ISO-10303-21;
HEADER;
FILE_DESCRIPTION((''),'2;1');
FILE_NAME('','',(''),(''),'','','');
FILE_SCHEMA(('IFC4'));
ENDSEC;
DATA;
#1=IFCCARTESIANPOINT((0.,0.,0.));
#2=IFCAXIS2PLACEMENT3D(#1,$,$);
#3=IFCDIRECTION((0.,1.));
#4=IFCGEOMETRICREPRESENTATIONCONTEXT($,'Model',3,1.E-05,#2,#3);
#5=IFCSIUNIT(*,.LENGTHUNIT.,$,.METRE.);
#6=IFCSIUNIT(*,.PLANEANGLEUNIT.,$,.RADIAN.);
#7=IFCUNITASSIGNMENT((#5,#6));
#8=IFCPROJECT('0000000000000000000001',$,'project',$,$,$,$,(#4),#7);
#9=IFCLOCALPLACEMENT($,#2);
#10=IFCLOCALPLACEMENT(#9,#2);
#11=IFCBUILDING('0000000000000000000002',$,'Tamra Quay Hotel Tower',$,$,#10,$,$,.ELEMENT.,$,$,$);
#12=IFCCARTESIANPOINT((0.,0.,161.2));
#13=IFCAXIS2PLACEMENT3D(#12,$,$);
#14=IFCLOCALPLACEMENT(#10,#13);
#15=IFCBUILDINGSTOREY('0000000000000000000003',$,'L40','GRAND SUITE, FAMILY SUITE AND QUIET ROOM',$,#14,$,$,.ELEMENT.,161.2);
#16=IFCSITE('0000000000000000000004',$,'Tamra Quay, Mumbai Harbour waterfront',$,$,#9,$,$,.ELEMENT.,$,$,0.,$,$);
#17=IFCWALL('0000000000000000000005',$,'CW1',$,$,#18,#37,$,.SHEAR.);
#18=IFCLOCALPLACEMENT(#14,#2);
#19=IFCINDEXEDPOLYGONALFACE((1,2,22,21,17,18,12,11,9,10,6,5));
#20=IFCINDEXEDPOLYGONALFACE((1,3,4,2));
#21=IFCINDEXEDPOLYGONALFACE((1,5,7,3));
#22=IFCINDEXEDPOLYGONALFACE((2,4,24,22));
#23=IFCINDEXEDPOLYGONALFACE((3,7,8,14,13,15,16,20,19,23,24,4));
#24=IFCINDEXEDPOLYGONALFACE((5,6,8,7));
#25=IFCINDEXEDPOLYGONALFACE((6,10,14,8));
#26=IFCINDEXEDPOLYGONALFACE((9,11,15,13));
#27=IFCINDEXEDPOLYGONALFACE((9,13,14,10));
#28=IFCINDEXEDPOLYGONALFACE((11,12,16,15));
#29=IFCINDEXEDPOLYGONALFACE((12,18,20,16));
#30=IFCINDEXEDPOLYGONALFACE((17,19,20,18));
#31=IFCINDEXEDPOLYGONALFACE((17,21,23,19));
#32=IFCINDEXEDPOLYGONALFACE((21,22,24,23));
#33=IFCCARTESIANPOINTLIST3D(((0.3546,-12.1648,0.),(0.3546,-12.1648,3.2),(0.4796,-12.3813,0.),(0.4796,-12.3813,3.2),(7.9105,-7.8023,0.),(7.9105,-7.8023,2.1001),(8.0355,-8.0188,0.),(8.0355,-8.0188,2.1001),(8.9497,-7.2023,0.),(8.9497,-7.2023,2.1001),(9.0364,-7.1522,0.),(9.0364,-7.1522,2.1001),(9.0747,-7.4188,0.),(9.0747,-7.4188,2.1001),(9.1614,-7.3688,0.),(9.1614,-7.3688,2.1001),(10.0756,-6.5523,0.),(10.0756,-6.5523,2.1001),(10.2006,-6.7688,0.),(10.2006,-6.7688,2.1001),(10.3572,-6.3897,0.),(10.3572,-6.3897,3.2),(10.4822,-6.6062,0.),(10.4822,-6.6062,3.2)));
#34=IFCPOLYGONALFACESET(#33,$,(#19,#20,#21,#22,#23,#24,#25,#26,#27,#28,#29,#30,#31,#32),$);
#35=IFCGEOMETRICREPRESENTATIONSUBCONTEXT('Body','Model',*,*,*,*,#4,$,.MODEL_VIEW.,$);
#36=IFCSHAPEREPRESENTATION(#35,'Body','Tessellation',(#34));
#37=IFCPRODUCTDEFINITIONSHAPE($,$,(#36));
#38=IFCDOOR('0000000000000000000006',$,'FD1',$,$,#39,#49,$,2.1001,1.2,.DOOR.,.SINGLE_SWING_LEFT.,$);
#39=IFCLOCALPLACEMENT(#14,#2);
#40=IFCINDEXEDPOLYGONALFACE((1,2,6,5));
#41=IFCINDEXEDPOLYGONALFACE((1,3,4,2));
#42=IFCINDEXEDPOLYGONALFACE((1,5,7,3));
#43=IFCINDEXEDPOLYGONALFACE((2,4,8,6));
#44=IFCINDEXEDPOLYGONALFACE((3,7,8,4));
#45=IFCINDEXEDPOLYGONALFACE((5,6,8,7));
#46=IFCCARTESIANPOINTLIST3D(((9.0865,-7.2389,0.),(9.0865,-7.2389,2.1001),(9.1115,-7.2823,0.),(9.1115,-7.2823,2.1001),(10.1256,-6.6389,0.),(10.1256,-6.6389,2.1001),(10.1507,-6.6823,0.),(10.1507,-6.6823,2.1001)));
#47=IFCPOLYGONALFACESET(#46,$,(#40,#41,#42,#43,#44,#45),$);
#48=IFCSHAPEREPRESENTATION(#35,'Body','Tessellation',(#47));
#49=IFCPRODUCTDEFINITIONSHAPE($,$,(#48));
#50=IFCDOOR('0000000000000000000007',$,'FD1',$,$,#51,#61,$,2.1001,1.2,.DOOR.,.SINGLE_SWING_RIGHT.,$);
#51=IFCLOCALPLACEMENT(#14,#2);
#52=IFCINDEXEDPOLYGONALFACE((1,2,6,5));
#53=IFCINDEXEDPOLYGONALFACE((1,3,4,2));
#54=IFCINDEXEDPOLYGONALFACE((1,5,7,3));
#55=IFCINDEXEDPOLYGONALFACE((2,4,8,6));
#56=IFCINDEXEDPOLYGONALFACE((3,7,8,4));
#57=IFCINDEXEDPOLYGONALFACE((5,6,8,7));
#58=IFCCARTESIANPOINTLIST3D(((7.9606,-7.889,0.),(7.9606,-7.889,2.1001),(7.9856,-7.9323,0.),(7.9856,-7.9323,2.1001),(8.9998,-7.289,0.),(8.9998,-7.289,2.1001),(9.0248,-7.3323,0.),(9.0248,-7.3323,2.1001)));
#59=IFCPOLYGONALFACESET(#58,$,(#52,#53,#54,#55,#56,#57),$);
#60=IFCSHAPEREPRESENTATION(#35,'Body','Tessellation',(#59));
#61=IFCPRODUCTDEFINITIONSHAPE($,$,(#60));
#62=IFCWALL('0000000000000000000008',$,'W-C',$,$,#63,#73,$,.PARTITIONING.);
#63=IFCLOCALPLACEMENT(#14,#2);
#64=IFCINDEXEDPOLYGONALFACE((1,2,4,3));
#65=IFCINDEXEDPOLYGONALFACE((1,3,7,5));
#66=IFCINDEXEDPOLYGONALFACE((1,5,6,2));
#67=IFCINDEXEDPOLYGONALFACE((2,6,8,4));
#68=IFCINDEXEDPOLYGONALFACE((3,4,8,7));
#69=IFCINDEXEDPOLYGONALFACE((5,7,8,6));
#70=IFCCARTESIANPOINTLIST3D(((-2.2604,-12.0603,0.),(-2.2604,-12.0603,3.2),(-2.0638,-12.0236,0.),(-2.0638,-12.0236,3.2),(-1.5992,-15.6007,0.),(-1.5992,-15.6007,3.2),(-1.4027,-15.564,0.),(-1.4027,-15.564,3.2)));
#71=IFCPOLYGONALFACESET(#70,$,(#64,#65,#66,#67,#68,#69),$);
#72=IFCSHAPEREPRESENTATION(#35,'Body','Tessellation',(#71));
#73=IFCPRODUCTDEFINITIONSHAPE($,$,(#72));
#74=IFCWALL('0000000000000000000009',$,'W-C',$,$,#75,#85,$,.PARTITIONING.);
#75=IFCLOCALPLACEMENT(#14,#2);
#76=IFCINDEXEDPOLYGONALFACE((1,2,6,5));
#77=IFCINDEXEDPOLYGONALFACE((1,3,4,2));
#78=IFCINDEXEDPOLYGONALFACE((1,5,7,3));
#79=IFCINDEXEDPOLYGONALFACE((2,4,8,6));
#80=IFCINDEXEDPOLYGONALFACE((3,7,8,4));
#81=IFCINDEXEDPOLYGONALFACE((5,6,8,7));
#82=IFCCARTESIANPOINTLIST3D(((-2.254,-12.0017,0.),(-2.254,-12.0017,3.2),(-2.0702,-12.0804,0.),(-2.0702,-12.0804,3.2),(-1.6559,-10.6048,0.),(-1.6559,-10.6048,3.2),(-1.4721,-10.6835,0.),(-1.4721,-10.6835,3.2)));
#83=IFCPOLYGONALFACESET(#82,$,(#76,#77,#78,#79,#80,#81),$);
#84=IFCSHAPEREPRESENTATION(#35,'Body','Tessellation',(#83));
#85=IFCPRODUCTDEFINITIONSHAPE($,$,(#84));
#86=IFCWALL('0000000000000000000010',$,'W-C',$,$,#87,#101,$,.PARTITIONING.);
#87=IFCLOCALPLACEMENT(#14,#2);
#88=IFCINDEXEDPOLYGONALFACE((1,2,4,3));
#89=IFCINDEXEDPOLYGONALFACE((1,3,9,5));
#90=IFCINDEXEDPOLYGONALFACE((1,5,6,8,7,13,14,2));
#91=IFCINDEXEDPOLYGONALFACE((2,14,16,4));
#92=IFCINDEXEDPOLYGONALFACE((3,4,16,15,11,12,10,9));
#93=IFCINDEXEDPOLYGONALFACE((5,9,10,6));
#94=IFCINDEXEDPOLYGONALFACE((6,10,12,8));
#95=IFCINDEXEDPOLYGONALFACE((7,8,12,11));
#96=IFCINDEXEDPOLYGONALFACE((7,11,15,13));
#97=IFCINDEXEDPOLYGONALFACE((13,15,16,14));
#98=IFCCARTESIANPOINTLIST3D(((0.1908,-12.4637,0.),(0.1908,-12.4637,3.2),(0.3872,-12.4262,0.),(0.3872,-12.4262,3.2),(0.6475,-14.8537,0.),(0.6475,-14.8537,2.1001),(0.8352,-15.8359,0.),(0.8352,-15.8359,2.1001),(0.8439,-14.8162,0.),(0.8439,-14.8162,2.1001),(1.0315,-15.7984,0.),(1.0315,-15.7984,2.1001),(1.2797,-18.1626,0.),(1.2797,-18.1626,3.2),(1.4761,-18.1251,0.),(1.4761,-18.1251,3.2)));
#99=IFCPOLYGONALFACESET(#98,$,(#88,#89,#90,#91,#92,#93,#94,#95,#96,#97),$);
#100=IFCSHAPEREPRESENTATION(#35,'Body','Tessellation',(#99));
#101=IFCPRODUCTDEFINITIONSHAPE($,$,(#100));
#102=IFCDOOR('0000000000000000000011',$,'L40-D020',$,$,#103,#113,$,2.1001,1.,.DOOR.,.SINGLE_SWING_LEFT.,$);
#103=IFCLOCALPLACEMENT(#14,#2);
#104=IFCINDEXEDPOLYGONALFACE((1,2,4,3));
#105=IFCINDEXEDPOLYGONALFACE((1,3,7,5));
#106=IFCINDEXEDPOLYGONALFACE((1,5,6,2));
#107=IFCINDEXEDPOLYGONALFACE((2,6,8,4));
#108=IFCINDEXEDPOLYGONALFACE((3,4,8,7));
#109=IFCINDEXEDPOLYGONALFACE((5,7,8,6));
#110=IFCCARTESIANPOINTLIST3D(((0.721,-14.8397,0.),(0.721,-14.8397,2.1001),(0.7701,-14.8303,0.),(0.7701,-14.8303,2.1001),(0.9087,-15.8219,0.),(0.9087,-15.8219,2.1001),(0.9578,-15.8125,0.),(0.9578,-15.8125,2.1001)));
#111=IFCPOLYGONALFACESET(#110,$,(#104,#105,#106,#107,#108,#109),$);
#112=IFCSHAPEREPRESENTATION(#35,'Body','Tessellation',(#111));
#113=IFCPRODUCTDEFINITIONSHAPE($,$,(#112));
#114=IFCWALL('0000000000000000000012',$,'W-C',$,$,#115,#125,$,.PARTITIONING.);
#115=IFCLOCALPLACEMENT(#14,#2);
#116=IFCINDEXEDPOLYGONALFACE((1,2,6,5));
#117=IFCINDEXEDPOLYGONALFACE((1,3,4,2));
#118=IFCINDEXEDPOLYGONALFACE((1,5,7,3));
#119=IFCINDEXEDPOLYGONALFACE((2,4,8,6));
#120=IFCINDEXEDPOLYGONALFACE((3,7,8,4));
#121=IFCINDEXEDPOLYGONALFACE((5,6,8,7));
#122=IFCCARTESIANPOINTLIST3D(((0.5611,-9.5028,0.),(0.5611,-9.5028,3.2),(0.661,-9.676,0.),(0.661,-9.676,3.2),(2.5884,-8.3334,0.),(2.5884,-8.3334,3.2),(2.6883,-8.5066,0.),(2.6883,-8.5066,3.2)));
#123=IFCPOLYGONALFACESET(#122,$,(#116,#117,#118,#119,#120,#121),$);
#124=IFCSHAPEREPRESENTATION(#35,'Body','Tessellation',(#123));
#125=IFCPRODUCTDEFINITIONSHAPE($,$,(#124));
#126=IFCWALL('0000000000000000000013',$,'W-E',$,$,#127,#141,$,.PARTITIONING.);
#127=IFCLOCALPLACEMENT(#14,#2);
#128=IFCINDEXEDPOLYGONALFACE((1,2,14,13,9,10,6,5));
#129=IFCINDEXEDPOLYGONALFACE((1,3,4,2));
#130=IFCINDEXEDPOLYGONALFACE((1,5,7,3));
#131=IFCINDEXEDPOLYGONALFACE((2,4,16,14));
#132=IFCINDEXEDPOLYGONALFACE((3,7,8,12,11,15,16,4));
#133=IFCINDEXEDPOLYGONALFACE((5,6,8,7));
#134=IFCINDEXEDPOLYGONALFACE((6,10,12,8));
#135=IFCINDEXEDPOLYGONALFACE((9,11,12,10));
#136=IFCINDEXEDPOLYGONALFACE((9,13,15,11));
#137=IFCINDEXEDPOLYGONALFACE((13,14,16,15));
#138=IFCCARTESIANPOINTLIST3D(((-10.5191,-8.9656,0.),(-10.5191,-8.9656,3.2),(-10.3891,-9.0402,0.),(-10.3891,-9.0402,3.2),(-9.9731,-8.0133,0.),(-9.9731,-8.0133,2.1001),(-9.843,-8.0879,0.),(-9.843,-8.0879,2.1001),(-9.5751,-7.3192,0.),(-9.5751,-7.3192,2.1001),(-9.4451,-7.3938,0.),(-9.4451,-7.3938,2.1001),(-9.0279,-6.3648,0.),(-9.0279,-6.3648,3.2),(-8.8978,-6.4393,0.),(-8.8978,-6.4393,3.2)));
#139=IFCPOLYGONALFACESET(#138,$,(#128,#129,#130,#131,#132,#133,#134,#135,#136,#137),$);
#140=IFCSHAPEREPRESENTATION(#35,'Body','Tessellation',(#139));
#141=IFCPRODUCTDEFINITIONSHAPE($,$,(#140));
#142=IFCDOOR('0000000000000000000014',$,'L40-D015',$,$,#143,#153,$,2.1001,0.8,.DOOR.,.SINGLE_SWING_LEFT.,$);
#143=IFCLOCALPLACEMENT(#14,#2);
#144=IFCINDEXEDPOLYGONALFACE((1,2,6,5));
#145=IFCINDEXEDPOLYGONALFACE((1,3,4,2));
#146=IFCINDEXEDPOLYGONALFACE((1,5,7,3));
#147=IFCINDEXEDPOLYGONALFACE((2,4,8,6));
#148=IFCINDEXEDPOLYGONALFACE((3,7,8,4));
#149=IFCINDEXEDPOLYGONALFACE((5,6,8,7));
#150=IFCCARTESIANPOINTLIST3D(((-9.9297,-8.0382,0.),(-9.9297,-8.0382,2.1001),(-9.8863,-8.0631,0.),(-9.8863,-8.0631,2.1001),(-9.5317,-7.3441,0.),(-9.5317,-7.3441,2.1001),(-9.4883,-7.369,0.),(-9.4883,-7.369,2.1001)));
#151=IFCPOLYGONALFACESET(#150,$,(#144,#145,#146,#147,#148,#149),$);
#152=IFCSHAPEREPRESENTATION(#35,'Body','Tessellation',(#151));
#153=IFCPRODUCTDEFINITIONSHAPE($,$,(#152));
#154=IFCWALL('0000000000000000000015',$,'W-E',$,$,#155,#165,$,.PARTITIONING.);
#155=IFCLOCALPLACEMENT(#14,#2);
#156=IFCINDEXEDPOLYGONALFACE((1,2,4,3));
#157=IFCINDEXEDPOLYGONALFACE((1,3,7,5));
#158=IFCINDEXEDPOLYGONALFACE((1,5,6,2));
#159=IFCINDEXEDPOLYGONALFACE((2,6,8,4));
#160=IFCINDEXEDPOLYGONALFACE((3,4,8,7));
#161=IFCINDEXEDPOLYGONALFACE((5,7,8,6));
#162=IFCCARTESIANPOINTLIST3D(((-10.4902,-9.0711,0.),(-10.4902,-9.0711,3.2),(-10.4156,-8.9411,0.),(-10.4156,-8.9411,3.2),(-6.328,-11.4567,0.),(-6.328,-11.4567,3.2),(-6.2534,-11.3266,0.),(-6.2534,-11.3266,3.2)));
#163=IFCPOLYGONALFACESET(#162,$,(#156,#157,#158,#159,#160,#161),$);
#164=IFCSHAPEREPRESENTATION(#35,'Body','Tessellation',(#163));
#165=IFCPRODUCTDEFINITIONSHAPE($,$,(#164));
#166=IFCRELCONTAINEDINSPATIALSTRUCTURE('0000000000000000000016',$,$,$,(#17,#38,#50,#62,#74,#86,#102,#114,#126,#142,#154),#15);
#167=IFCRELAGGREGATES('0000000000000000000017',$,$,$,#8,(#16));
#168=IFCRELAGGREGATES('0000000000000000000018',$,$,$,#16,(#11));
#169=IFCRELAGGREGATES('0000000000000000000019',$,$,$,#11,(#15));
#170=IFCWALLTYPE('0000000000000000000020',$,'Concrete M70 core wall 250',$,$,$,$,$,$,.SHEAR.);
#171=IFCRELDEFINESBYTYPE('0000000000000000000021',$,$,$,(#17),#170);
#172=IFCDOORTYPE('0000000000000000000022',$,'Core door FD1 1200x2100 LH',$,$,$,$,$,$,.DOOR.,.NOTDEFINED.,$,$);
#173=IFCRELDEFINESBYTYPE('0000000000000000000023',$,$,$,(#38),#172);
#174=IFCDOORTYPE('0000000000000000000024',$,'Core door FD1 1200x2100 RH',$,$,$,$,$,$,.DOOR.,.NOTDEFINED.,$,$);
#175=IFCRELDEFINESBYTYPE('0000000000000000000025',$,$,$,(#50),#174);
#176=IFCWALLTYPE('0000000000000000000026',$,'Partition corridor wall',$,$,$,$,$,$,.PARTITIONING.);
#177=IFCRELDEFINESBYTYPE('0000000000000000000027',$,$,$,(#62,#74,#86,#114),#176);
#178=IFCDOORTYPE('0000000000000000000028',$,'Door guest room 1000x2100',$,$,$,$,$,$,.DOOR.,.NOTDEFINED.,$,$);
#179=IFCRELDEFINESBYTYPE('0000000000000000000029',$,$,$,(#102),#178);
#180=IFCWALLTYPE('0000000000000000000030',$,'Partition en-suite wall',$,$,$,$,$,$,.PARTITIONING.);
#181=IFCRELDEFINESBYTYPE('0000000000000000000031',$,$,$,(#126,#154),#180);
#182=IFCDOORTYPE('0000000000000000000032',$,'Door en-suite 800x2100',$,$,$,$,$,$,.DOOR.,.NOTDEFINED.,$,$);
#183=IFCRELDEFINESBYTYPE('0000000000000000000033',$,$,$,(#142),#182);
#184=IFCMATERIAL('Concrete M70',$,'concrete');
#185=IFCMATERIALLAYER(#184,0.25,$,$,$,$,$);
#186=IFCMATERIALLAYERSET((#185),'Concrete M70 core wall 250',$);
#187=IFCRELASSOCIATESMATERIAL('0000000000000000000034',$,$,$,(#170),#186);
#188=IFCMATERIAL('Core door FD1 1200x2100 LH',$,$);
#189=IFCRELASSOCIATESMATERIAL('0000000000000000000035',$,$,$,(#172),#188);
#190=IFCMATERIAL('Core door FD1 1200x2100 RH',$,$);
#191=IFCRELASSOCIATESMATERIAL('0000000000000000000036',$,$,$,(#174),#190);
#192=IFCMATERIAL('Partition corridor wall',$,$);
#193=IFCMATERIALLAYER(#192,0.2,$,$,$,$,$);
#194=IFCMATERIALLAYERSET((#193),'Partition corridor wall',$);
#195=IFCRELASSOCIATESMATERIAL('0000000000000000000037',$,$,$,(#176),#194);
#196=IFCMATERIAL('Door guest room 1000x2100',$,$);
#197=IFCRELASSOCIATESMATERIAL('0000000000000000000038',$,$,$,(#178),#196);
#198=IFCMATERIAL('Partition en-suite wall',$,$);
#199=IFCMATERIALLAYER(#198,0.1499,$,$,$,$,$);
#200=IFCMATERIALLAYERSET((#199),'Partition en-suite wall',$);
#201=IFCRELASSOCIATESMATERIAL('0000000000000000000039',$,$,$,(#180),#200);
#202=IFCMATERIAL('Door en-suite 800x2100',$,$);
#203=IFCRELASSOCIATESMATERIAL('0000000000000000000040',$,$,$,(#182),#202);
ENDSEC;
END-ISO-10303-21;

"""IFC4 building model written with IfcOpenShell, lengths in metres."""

from ifc_helpers import new_model, si_unit, direction, frame, frame_2d, origin, place, context, subcontext, project, spatial, rectangle, extrude, material, layer, layer_set, type_object, element, fill, save


model = new_model("IFC4")

# Units and contexts
model_context = context("Model", 3, precision=1e-05, world=origin(), true_north=direction((0.0, 1.0)))
body_context = subcontext(model_context, "Body", "Model", "MODEL_VIEW")
ifc_project = project(units=[si_unit("LENGTHUNIT", "METRE"), si_unit("PLANEANGLEUNIT", "RADIAN")], contexts=[model_context])

# Site, building, storey
site_placement = place(None, origin())
site = spatial("IfcSite", under=ifc_project, at=site_placement, Name="Tamra Quay, Mumbai Harbour waterfront", CompositionType="ELEMENT", RefElevation=0.0)
building_placement = place(site_placement, origin())
building = spatial("IfcBuilding", under=site, at=building_placement, Name="Tamra Quay Hotel Tower", CompositionType="ELEMENT")
storey_placement = place(building_placement, frame((0.0, 0.0, 161.2)))
storey = spatial("IfcBuildingStorey", under=building, at=storey_placement, Name="L40", Description="GRAND SUITE, FAMILY SUITE AND QUIET ROOM", CompositionType="ELEMENT", Elevation=161.2)

# Wall, openings, doors
ifc_material_1 = material(Name="Concrete M70", Category="concrete")
ifc_layer_1 = layer(ifc_material_1, 0.25)
ifc_layer_set_1 = layer_set([ifc_layer_1], Name="Concrete M70 core wall 250")
wall_type_1 = type_object("IfcWallType", Name="Concrete M70 core wall 250", PredefinedType="SHEAR", material=ifc_layer_set_1)
wall_1_placement = place(storey_placement, frame((0.4172, -12.2729, 0.0), z_axis=(0.0, 0.0, 1.0), x_axis=(0.866022, 0.500006, 0.0)))
wall_1 = element("IfcWall", 1, at=wall_1_placement, inside=storey, type_object=wall_type_1, Name="CW1", PredefinedType="SHEAR", context=body_context, shape_type="SweptSolid", body=[
    extrude(rectangle(XDim=11.55, YDim=0.25, at=frame_2d((5.7749, 0.0))), origin(), (0.0, 0.0, 1.0), 3.2),
])
opening_1_placement = place(wall_1_placement, frame((10.0247, 0.0, 0.0)))
opening_1 = element("IfcOpeningElement", 2, at=opening_1_placement, cuts=wall_1, PredefinedType="OPENING", context=body_context, shape_type="SweptSolid", body=[
    extrude(rectangle(XDim=1.2, YDim=2.1001, at=frame_2d((0.6001, 1.05))), frame((0.0, 0.135, 0.0), z_axis=(0.0, -1.0, 0.0), x_axis=(1.0, 0.0, 0.0)), (0.0, 0.0, 1.0), 0.27),
])
opening_2_placement = place(wall_1_placement, frame((8.7246, 0.0, 0.0)))
opening_2 = element("IfcOpeningElement", 3, at=opening_2_placement, cuts=wall_1, PredefinedType="OPENING", context=body_context, shape_type="SweptSolid", body=[
    extrude(rectangle(XDim=1.2, YDim=2.1001, at=frame_2d((0.6001, 1.05))), frame((0.0, 0.135, 0.0), z_axis=(0.0, -1.0, 0.0), x_axis=(1.0, 0.0, 0.0)), (0.0, 0.0, 1.0), 0.27),
])
ifc_material_2 = material(Name="Core door FD1 1200x2100 LH")
door_type_1 = type_object("IfcDoorType", Name="Core door FD1 1200x2100 LH", OperationType="NOTDEFINED", PredefinedType="DOOR", material=ifc_material_2)
door_1_placement = place(opening_1_placement, origin())
door_1 = element("IfcDoor", 4, at=door_1_placement, inside=storey, type_object=door_type_1, Name="FD1", OperationType="SINGLE_SWING_LEFT", OverallHeight=2.1001, OverallWidth=1.2, PredefinedType="DOOR", context=body_context, shape_type="SweptSolid", body=[
    extrude(rectangle(XDim=1.2, YDim=2.1001, at=frame_2d((0.6001, 1.05))), frame((0.0, 0.0249, 0.0), z_axis=(0.0, -1.0, 0.0), x_axis=(1.0, 0.0, 0.0)), (0.0, 0.0, 1.0), 0.05),
])
fill(opening_1, door_1)
ifc_material_3 = material(Name="Core door FD1 1200x2100 RH")
door_type_2 = type_object("IfcDoorType", Name="Core door FD1 1200x2100 RH", OperationType="NOTDEFINED", PredefinedType="DOOR", material=ifc_material_3)
door_2_placement = place(opening_2_placement, origin())
door_2 = element("IfcDoor", 5, at=door_2_placement, inside=storey, type_object=door_type_2, Name="FD1", OperationType="SINGLE_SWING_RIGHT", OverallHeight=2.1001, OverallWidth=1.2, PredefinedType="DOOR", context=body_context, shape_type="SweptSolid", body=[
    extrude(rectangle(XDim=1.2, YDim=2.1001, at=frame_2d((0.6001, 1.05))), frame((0.0, 0.0249, 0.0), z_axis=(0.0, -1.0, 0.0), x_axis=(1.0, 0.0, 0.0)), (0.0, 0.0, 1.0), 0.05),
])
fill(opening_2, door_2)

# Walls
ifc_material_4 = material(Name="Partition corridor wall")
ifc_layer_2 = layer(ifc_material_4, 0.2)
ifc_layer_set_2 = layer_set([ifc_layer_2], Name="Partition corridor wall")
wall_type_2 = type_object("IfcWallType", Name="Partition corridor wall", PredefinedType="PARTITIONING", material=ifc_layer_set_2)
wall_2_placement = place(storey_placement, frame((-2.1621, -12.042, 0.0), z_axis=(0.0, 0.0, 1.0), x_axis=(0.183572, -0.983006, 0.0)))
element("IfcWall", 6, at=wall_2_placement, inside=storey, type_object=wall_type_2, Name="W-C", PredefinedType="PARTITIONING", context=body_context, shape_type="SweptSolid", body=[
    extrude(rectangle(XDim=3.6016, YDim=0.2, at=frame_2d((1.8008, 0.0))), origin(), (0.0, 0.0, 1.0), 3.2),
])
wall_3_placement = place(storey_placement, frame((-2.1621, -12.041, 0.0), z_axis=(0.0, 0.0, 1.0), x_axis=(0.393609, 0.919278, 0.0)))
element("IfcWall", 7, at=wall_3_placement, inside=storey, type_object=wall_type_2, Name="W-C", PredefinedType="PARTITIONING", context=body_context, shape_type="SweptSolid", body=[
    extrude(rectangle(XDim=1.5195, YDim=0.2, at=frame_2d((0.7598, 0.0))), origin(), (0.0, 0.0, 1.0), 3.2),
])

# Wall, opening, door
wall_4_placement = place(storey_placement, frame((0.2891, -12.4451, 0.0), z_axis=(0.0, 0.0, 1.0), x_axis=(0.187669, -0.982232, 0.0)))
wall_4 = element("IfcWall", 8, at=wall_4_placement, inside=storey, type_object=wall_type_2, Name="W-C", PredefinedType="PARTITIONING", context=body_context, shape_type="SweptSolid", body=[
    extrude(rectangle(XDim=5.802, YDim=0.2, at=frame_2d((2.9009, 0.0))), origin(), (0.0, 0.0, 1.0), 3.2),
])
opening_3_placement = place(wall_4_placement, frame((2.4331, 0.0, 0.0)))
opening_3 = element("IfcOpeningElement", 9, at=opening_3_placement, cuts=wall_4, PredefinedType="OPENING", context=body_context, shape_type="SweptSolid", body=[
    extrude(rectangle(XDim=1.0, YDim=2.1001, at=frame_2d((0.5, 1.05))), frame((0.0, 0.1099, 0.0), z_axis=(0.0, -1.0, 0.0), x_axis=(1.0, 0.0, 0.0)), (0.0, 0.0, 1.0), 0.22),
])
ifc_material_5 = material(Name="Door guest room 1000x2100")
door_type_3 = type_object("IfcDoorType", Name="Door guest room 1000x2100", OperationType="NOTDEFINED", PredefinedType="DOOR", material=ifc_material_5)
door_3_placement = place(opening_3_placement, origin())
door_3 = element("IfcDoor", 10, at=door_3_placement, inside=storey, type_object=door_type_3, Name="L40-D020", OperationType="SINGLE_SWING_LEFT", OverallHeight=2.1001, OverallWidth=1.0, PredefinedType="DOOR", context=body_context, shape_type="SweptSolid", body=[
    extrude(rectangle(XDim=1.0, YDim=2.1001, at=frame_2d((0.5, 1.05))), frame((0.0, 0.0249, 0.0), z_axis=(0.0, -1.0, 0.0), x_axis=(1.0, 0.0, 0.0)), (0.0, 0.0, 1.0), 0.05),
])
fill(opening_3, door_3)

# Wall
wall_5_placement = place(storey_placement, frame((0.6111, -9.5894, 0.0), z_axis=(0.0, 0.0, 1.0), x_axis=(0.86622, 0.499662, 0.0)))
element("IfcWall", 11, at=wall_5_placement, inside=storey, type_object=wall_type_2, Name="W-C", PredefinedType="PARTITIONING", context=body_context, shape_type="SweptSolid", body=[
    extrude(rectangle(XDim=2.3403, YDim=0.2, at=frame_2d((1.1702, 0.0))), origin(), (0.0, 0.0, 1.0), 3.2),
])

# Wall, opening, door
ifc_material_6 = material(Name="Partition en-suite wall")
ifc_layer_3 = layer(ifc_material_6, 0.1499)
ifc_layer_set_3 = layer_set([ifc_layer_3], Name="Partition en-suite wall")
wall_type_3 = type_object("IfcWallType", Name="Partition en-suite wall", PredefinedType="PARTITIONING", material=ifc_layer_set_3)
wall_6_placement = place(storey_placement, frame((-10.4541, -9.0029, 0.0), z_axis=(0.0, 0.0, 1.0), x_axis=(0.497401, 0.867521, 0.0)))
wall_6 = element("IfcWall", 12, at=wall_6_placement, inside=storey, type_object=wall_type_3, Name="W-E", PredefinedType="PARTITIONING", context=body_context, shape_type="SweptSolid", body=[
    extrude(rectangle(XDim=2.998, YDim=0.1499, at=frame_2d((1.499, 0.0))), origin(), (0.0, 0.0, 1.0), 3.2),
])
opening_4_placement = place(wall_6_placement, frame((1.0979, 0.0, 0.0)))
opening_4 = element("IfcOpeningElement", 13, at=opening_4_placement, cuts=wall_6, PredefinedType="OPENING", context=body_context, shape_type="SweptSolid", body=[
    extrude(rectangle(XDim=0.8, YDim=2.1001, at=frame_2d((0.3999, 1.05))), frame((0.0, 0.085, 0.0), z_axis=(0.0, -1.0, 0.0), x_axis=(1.0, 0.0, 0.0)), (0.0, 0.0, 1.0), 0.1699),
])
ifc_material_7 = material(Name="Door en-suite 800x2100")
door_type_4 = type_object("IfcDoorType", Name="Door en-suite 800x2100", OperationType="NOTDEFINED", PredefinedType="DOOR", material=ifc_material_7)
door_4_placement = place(opening_4_placement, origin())
door_4 = element("IfcDoor", 14, at=door_4_placement, inside=storey, type_object=door_type_4, Name="L40-D015", OperationType="SINGLE_SWING_LEFT", OverallHeight=2.1001, OverallWidth=0.8, PredefinedType="DOOR", context=body_context, shape_type="SweptSolid", body=[
    extrude(rectangle(XDim=0.8, YDim=2.1001, at=frame_2d((0.3999, 1.05))), frame((0.0, 0.0249, 0.0), z_axis=(0.0, -1.0, 0.0), x_axis=(1.0, 0.0, 0.0)), (0.0, 0.0, 1.0), 0.05),
])
fill(opening_4, door_4)

# Wall
wall_7_placement = place(storey_placement, frame((-10.4529, -9.0061, 0.0), z_axis=(0.0, 0.0, 1.0), x_axis=(0.8676, -0.497262, 0.0)))
element("IfcWall", 15, at=wall_7_placement, inside=storey, type_object=wall_type_3, Name="W-E", PredefinedType="PARTITIONING", context=body_context, shape_type="SweptSolid", body=[
    extrude(rectangle(XDim=4.7974, YDim=0.1499, at=frame_2d((2.3987, 0.0))), origin(), (0.0, 0.0, 1.0), 3.2),
])

save(model, "model.ifc")
